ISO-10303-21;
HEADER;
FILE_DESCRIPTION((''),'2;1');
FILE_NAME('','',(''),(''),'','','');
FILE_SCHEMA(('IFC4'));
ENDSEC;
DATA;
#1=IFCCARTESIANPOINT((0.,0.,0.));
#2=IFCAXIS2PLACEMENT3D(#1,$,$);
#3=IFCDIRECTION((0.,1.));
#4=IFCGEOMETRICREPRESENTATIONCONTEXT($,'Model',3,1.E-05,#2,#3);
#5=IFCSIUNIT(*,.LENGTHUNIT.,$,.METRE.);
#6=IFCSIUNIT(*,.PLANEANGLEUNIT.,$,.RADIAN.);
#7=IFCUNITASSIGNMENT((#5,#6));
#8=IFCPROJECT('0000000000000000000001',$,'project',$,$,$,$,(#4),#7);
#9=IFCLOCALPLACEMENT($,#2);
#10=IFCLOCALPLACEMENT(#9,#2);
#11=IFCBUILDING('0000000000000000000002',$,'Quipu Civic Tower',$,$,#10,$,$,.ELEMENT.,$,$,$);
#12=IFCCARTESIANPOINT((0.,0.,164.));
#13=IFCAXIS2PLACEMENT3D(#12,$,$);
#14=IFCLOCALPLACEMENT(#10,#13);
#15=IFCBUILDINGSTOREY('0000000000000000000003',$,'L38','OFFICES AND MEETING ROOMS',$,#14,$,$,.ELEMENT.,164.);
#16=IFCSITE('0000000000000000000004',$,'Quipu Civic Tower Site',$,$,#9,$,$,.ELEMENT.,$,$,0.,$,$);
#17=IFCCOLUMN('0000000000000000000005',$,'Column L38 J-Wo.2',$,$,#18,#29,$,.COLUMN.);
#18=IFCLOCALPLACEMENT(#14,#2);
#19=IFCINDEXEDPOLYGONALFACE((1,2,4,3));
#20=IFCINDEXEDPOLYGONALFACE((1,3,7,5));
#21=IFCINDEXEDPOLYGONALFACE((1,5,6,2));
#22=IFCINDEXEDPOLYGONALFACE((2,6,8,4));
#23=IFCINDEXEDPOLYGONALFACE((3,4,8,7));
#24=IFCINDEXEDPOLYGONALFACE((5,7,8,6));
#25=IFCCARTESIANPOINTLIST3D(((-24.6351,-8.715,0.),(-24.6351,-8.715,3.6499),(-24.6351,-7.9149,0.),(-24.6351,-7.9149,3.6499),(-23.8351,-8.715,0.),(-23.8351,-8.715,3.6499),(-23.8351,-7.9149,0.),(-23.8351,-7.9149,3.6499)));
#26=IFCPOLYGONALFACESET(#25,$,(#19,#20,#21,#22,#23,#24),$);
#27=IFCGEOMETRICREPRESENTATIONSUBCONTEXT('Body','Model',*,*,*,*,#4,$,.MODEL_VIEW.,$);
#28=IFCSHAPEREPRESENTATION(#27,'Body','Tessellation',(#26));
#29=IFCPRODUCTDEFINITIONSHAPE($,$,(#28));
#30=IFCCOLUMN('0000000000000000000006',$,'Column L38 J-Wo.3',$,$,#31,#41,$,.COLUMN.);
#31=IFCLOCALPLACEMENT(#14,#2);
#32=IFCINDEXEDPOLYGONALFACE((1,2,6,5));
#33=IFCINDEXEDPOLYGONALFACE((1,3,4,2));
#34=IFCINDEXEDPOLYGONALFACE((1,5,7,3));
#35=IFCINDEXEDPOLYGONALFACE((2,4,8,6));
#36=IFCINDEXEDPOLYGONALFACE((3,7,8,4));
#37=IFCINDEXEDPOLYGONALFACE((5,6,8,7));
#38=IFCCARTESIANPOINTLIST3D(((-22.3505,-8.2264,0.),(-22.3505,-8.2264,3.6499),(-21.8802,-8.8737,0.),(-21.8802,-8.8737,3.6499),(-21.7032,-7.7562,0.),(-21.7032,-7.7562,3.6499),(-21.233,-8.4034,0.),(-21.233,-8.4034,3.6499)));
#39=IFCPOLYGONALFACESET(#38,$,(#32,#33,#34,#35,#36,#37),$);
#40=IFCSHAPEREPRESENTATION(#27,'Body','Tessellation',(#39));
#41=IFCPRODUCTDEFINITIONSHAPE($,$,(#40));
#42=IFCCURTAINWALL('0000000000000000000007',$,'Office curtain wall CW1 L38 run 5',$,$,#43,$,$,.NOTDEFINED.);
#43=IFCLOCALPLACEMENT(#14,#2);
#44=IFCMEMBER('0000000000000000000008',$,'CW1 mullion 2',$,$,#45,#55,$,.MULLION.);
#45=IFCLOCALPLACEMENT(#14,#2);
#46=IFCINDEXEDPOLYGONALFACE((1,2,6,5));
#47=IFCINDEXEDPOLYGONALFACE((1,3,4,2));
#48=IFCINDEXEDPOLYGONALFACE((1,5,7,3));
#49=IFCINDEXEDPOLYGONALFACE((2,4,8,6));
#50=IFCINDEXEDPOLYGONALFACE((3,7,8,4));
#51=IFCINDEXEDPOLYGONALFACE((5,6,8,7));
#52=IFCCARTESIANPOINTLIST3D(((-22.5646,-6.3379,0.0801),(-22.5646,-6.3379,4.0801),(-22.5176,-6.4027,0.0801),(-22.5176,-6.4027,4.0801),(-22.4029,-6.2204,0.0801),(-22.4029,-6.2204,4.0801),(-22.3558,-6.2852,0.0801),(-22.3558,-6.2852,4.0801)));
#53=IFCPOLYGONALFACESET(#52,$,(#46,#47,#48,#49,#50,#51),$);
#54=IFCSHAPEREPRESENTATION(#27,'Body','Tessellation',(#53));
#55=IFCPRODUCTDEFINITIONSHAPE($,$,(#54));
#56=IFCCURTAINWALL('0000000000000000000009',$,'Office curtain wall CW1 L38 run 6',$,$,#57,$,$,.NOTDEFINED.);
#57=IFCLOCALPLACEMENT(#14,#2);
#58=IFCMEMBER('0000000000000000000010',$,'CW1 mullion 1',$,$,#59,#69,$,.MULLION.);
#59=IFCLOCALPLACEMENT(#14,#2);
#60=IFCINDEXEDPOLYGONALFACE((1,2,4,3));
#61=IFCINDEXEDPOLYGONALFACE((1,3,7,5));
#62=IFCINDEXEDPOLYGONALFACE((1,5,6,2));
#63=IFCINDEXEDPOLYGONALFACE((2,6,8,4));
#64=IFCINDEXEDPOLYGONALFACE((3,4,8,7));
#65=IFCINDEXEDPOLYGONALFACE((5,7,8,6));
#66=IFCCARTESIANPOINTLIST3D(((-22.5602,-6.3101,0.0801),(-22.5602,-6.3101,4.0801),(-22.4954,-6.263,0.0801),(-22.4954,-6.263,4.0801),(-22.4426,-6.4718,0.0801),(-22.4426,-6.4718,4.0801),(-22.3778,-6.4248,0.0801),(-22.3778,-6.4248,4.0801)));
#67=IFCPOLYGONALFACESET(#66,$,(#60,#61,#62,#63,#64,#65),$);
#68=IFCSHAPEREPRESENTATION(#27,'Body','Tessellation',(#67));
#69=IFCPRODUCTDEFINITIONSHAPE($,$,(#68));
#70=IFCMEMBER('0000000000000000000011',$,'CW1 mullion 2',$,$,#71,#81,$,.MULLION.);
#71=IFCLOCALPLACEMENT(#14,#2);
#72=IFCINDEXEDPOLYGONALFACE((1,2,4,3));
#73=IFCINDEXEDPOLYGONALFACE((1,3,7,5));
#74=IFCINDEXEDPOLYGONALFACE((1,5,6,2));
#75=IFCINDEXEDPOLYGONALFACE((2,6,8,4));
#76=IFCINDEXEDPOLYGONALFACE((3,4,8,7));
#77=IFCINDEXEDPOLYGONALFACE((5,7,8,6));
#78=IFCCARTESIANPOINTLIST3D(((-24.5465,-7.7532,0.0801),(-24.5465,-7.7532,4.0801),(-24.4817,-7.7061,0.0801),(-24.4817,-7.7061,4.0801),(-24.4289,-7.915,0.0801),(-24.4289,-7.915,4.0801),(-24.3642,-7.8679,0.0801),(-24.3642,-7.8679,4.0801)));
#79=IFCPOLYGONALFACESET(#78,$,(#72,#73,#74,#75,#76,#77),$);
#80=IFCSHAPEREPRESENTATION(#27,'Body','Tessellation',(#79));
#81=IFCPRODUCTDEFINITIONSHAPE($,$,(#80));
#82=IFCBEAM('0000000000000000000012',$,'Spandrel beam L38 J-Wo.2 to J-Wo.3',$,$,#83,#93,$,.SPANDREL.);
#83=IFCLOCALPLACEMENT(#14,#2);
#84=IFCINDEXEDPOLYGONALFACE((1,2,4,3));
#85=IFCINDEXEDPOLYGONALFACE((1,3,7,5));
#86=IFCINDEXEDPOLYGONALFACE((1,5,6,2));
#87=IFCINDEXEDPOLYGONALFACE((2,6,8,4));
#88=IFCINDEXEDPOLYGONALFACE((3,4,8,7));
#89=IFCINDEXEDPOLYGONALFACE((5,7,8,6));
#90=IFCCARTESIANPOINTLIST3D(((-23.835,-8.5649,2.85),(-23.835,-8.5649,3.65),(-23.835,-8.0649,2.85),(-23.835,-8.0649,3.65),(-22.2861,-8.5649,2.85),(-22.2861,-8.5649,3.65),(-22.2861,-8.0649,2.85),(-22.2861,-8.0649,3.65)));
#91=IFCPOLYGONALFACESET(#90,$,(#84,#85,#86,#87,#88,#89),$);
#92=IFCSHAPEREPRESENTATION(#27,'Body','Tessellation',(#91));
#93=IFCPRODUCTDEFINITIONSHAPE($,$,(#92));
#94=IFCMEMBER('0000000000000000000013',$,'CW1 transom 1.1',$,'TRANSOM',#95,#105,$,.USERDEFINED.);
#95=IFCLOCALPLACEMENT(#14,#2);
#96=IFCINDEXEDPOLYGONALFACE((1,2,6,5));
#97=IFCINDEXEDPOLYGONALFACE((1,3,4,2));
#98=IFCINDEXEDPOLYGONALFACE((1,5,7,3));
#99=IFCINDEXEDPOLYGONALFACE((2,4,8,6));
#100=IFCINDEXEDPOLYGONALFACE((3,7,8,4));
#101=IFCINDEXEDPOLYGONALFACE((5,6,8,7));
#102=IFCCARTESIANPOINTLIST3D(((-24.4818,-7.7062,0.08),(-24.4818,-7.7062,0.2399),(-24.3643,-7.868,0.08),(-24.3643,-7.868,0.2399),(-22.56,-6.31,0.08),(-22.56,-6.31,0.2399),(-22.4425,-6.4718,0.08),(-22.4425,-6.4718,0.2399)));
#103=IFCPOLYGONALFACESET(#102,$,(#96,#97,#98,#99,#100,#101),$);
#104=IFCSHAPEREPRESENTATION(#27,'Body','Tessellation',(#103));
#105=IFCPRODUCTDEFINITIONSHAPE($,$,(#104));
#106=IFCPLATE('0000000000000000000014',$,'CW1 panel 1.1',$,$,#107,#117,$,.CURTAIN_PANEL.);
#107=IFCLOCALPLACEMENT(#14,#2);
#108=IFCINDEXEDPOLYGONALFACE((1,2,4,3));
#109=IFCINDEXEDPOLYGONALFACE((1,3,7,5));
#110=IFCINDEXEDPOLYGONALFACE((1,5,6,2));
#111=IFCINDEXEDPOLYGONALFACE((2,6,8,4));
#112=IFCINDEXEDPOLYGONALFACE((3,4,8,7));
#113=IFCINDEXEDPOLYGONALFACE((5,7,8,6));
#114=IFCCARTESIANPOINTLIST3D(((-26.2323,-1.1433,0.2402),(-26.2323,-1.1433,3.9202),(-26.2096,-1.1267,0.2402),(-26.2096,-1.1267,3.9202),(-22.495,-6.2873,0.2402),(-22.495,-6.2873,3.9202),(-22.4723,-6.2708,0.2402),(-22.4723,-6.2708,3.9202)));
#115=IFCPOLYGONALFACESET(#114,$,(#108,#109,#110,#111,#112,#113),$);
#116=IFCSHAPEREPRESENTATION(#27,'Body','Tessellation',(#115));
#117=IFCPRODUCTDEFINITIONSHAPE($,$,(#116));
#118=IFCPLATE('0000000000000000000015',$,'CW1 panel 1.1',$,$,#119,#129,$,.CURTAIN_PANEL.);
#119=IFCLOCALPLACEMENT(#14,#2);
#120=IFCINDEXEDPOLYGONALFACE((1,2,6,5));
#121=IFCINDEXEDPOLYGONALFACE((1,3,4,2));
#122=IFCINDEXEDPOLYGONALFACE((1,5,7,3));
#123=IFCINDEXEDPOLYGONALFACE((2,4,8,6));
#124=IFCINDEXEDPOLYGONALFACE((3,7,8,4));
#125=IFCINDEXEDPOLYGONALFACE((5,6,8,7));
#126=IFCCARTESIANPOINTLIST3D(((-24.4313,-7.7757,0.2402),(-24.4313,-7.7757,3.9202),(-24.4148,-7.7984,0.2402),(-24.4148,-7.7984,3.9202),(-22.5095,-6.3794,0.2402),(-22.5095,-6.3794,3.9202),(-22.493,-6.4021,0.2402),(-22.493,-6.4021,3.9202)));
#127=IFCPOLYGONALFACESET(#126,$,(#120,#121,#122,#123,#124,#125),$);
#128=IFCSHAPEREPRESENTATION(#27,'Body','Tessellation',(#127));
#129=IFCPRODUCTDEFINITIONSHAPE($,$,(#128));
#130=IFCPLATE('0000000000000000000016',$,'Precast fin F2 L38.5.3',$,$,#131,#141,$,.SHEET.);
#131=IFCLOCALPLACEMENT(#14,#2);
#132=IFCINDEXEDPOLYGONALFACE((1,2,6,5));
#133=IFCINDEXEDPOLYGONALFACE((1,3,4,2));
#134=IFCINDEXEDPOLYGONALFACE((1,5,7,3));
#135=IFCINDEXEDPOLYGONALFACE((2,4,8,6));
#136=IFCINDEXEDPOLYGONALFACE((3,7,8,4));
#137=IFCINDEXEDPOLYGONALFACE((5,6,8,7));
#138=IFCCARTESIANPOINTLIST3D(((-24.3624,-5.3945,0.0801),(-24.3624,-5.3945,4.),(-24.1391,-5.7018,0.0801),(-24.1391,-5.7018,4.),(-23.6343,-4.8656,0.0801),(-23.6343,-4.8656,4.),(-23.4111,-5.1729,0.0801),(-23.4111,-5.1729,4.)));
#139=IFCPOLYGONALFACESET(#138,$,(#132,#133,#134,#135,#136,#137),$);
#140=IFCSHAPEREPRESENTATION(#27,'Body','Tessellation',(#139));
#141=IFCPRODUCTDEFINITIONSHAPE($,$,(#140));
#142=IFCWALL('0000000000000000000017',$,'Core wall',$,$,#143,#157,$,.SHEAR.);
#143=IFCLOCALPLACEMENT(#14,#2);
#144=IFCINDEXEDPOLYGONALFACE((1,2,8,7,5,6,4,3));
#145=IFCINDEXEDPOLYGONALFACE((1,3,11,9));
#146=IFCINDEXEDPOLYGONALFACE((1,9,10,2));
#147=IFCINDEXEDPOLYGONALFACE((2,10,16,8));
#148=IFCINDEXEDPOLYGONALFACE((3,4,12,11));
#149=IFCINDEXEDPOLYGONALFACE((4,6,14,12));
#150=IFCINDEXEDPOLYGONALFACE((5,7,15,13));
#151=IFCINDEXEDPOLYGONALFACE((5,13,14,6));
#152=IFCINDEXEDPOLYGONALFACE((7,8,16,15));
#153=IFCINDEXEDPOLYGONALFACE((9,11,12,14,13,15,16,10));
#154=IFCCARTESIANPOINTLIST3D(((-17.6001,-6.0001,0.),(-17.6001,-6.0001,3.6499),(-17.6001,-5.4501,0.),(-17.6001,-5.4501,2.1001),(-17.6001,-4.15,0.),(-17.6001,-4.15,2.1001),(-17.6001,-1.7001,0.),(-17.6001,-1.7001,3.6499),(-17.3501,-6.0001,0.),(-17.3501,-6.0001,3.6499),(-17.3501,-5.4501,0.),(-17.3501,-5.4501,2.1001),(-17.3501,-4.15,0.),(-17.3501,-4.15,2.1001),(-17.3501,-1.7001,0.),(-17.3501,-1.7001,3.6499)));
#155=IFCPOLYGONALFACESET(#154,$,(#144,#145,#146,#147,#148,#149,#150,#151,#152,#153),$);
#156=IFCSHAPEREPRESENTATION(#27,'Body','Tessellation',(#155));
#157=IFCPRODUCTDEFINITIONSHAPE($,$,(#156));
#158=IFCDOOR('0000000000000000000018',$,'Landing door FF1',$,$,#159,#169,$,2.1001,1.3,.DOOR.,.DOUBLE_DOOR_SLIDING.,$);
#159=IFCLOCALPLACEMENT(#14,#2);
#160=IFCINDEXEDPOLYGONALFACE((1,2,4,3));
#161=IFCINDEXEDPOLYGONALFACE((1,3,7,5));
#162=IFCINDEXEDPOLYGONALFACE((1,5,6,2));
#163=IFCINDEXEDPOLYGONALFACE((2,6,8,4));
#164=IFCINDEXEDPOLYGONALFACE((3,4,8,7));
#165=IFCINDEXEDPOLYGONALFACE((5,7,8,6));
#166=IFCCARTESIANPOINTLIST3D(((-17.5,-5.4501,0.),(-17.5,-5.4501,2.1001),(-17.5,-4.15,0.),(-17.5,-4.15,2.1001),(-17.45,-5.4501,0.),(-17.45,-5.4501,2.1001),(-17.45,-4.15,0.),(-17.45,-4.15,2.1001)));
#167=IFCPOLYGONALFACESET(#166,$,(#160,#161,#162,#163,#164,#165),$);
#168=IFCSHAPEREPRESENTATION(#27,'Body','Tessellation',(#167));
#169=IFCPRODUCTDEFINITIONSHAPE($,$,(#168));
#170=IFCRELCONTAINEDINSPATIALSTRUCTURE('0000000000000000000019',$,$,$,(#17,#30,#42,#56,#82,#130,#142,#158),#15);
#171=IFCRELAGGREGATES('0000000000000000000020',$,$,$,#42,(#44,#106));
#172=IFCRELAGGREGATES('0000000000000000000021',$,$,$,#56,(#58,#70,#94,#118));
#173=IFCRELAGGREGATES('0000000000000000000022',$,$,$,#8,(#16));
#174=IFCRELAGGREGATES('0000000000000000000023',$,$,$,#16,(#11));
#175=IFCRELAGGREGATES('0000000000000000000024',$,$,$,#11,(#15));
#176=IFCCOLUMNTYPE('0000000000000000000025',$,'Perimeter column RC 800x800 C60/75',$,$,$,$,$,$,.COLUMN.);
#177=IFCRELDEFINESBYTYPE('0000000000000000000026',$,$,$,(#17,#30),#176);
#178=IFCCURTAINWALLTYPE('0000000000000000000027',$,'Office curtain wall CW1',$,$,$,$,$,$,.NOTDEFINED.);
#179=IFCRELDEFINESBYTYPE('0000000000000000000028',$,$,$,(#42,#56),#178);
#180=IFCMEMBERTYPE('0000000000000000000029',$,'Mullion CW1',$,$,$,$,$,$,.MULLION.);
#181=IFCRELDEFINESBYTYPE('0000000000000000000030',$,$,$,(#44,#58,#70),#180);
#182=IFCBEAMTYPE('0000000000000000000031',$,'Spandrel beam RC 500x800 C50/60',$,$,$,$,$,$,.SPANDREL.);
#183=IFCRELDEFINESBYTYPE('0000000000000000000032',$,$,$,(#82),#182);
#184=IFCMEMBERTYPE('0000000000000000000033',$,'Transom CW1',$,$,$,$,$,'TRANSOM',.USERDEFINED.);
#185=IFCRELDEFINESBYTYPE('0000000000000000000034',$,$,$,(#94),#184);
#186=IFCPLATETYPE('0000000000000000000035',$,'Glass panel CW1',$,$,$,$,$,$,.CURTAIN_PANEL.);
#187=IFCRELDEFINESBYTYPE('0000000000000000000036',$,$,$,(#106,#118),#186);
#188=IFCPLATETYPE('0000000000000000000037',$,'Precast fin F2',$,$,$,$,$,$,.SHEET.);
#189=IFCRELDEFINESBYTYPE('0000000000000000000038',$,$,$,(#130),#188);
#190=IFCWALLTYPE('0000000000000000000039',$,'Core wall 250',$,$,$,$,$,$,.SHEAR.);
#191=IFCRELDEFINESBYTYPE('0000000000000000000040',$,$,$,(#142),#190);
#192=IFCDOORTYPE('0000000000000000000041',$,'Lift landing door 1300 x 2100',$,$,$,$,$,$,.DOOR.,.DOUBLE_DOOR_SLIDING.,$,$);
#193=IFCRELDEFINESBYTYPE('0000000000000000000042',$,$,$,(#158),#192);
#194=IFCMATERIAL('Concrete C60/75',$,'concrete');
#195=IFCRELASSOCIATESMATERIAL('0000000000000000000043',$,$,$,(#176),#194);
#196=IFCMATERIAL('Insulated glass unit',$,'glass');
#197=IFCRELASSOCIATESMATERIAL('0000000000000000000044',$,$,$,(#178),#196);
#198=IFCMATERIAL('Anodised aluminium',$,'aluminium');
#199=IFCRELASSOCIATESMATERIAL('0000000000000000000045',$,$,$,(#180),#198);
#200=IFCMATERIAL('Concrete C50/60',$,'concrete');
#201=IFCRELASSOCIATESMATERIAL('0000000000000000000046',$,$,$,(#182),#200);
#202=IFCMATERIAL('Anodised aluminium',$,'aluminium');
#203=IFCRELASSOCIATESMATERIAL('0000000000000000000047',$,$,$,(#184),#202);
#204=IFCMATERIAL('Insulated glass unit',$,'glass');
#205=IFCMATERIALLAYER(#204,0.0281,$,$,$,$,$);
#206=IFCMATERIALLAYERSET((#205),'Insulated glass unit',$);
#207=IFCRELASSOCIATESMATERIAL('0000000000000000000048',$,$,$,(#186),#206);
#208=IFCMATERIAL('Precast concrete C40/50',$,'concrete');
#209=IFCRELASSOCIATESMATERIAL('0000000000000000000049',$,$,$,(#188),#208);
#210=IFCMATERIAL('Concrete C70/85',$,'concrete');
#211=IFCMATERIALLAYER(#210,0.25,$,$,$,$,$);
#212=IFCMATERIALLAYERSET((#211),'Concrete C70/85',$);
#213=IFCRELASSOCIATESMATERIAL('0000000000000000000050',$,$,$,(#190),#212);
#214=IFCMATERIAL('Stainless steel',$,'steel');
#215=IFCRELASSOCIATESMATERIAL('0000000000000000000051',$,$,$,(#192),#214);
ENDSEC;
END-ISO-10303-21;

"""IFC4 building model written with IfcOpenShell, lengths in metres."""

from ifc_helpers import new_model, si_unit, direction, frame, frame_2d, origin, origin_2d, place, context, subcontext, project, spatial, rectangle, extrude, material, layer, layer_set, material_profile, profile_set, type_object, element, fill, aggregate, save


model = new_model("IFC4")

# Units and contexts
model_context = context("Model", 3, precision=1e-05, world=origin(), true_north=direction((0.0, 1.0)))
body_context = subcontext(model_context, "Body", "Model", "MODEL_VIEW")
ifc_project = project(units=[si_unit("LENGTHUNIT", "METRE"), si_unit("PLANEANGLEUNIT", "RADIAN")], contexts=[model_context])

# Site, building, storey
site_placement = place(None, origin())
site = spatial("IfcSite", under=ifc_project, at=site_placement, Name="Quipu Civic Tower Site", CompositionType="ELEMENT", RefElevation=0.0)
building_placement = place(site_placement, origin())
building = spatial("IfcBuilding", under=site, at=building_placement, Name="Quipu Civic Tower", CompositionType="ELEMENT")
storey_placement = place(building_placement, frame((0.0, 0.0, 164.0)))
storey = spatial("IfcBuildingStorey", under=building, at=storey_placement, Name="L38", Description="OFFICES AND MEETING ROOMS", CompositionType="ELEMENT", Elevation=164.0)

# Columns
ifc_material_1 = material(Name="Concrete C60/75", Category="concrete")
ifc_material_profile_1 = material_profile(ifc_material_1, rectangle(XDim=0.8, YDim=0.8, at=origin_2d()), Name="RC800x800")
ifc_profile_set_1 = profile_set([ifc_material_profile_1], Name="Concrete C60/75")
column_type = type_object("IfcColumnType", Name="Perimeter column RC 800x800 C60/75", PredefinedType="COLUMN", material=ifc_profile_set_1)
for number, where, z_axis, x_axis, name in (
    (1, (-24.2351, -8.3149, 0.0), (0.0, 0.0, 1.0), (1.0, 0.0, 0.0), "Column L38 J-Wo.2"),
    (2, (-21.7917, -8.3149, 0.0), (0.0, 0.0, 1.0), (0.587785, -0.809017, 0.0), "Column L38 J-Wo.3"),
):
    element("IfcColumn", number, at=place(storey_placement, frame(where, z_axis=z_axis, x_axis=x_axis)), inside=storey, type_object=column_type, Name=name, PredefinedType="COLUMN", context=body_context, shape_type="SweptSolid", body=[
        extrude(rectangle(XDim=0.8, YDim=0.8, at=origin_2d()), origin(), (0.0, 0.0, 1.0), 3.6499),
    ])

# Curtain wall, member
ifc_material_2 = material(Name="Insulated glass unit", Category="glass")
curtain_wall_type = type_object("IfcCurtainWallType", Name="Office curtain wall CW1", PredefinedType="NOTDEFINED", material=ifc_material_2)
curtain_wall_1_placement = place(storey_placement, origin())
curtain_wall_1 = element("IfcCurtainWall", 3, at=curtain_wall_1_placement, inside=storey, type_object=curtain_wall_type, Name="Office curtain wall CW1 L38 run 5", PredefinedType="NOTDEFINED")
ifc_material_3 = material(Name="Anodised aluminium", Category="aluminium")
ifc_material_profile_2 = material_profile(ifc_material_3, rectangle(XDim=0.2, YDim=0.0801, at=origin_2d()), Name="RECT 200x80")
ifc_profile_set_2 = profile_set([ifc_material_profile_2], Name="Anodised aluminium")
member_type_1 = type_object("IfcMemberType", Name="Mullion CW1", PredefinedType="MULLION", material=ifc_profile_set_2)
member_1_placement = place(storey_placement, frame((-22.4602, -6.3115, 0.0801), z_axis=(0.0, 0.0, 1.0), x_axis=(0.809019, 0.587783, 0.0)))
member_1 = element("IfcMember", 4, at=member_1_placement, type_object=member_type_1, Name="CW1 mullion 2", PredefinedType="MULLION", context=body_context, shape_type="SweptSolid", body=[
    extrude(rectangle(XDim=0.2, YDim=0.0801, at=origin_2d()), origin(), (0.0, 0.0, 1.0), 4.0),
])

# Curtain wall, members
curtain_wall_2_placement = place(storey_placement, origin())
curtain_wall_2 = element("IfcCurtainWall", 5, at=curtain_wall_2_placement, inside=storey, type_object=curtain_wall_type, Name="Office curtain wall CW1 L38 run 6", PredefinedType="NOTDEFINED")
member_2_placement = place(storey_placement, frame((-22.469, -6.3674, 0.0801), z_axis=(0.0, 0.0, 1.0), x_axis=(0.587789, -0.809014, 0.0)))
member_2 = element("IfcMember", 6, at=member_2_placement, type_object=member_type_1, Name="CW1 mullion 1", PredefinedType="MULLION", context=body_context, shape_type="SweptSolid", body=[
    extrude(rectangle(XDim=0.2, YDim=0.0801, at=origin_2d()), origin(), (0.0, 0.0, 1.0), 4.0),
])
member_3_placement = place(storey_placement, frame((-24.4553, -7.8105, 0.0801), z_axis=(0.0, 0.0, 1.0), x_axis=(0.587789, -0.809014, 0.0)))
member_3 = element("IfcMember", 7, at=member_3_placement, type_object=member_type_1, Name="CW1 mullion 2", PredefinedType="MULLION", context=body_context, shape_type="SweptSolid", body=[
    extrude(rectangle(XDim=0.2, YDim=0.0801, at=origin_2d()), origin(), (0.0, 0.0, 1.0), 4.0),
])

# Beam
ifc_material_4 = material(Name="Concrete C50/60", Category="concrete")
ifc_material_profile_3 = material_profile(ifc_material_4, rectangle(XDim=0.5, YDim=0.8, at=origin_2d()), Name="RC500x800")
ifc_profile_set_3 = profile_set([ifc_material_profile_3], Name="Concrete C50/60")
beam_type = type_object("IfcBeamType", Name="Spandrel beam RC 500x800 C50/60", PredefinedType="SPANDREL", material=ifc_profile_set_3)
beam_placement = place(storey_placement, frame((-23.835, -8.3149, 3.25), z_axis=(1.0, 0.0, 0.0), x_axis=(0.0, 1.0, 0.0)))
element("IfcBeam", 8, at=beam_placement, inside=storey, type_object=beam_type, Name="Spandrel beam L38 J-Wo.2 to J-Wo.3", PredefinedType="SPANDREL", context=body_context, shape_type="SweptSolid", body=[
    extrude(rectangle(XDim=0.5, YDim=0.8, at=origin_2d()), origin(), (0.0, 0.0, 1.0), 1.5488),
])

# Member
ifc_material_5 = material(Name="Anodised aluminium", Category="aluminium")
ifc_material_profile_4 = material_profile(ifc_material_5, rectangle(XDim=0.2, YDim=0.1599, at=origin_2d()), Name="RECT 200x160")
ifc_profile_set_4 = profile_set([ifc_material_profile_4], Name="Anodised aluminium")
member_type_2 = type_object("IfcMemberType", Name="Transom CW1", ElementType="TRANSOM", PredefinedType="USERDEFINED", material=ifc_profile_set_4)
member_4_placement = place(storey_placement, frame((-22.5012, -6.3909, 0.1599), z_axis=(-0.809034, -0.587762, 0.0), x_axis=(0.587762, -0.809034, 0.0)))
member_4 = element("IfcMember", 9, at=member_4_placement, type_object=member_type_2, Name="CW1 transom 1.1", ObjectType="TRANSOM", PredefinedType="USERDEFINED", context=body_context, shape_type="SweptSolid", body=[
    extrude(rectangle(XDim=0.2, YDim=0.1599, at=origin_2d()), origin(), (0.0, 0.0, 1.0), 2.3755),
])

# Plates
ifc_material_6 = material(Name="Insulated glass unit", Category="glass")
ifc_layer_1 = layer(ifc_material_6, 0.0281)
ifc_layer_set_1 = layer_set([ifc_layer_1], Name="Insulated glass unit")
plate_type_1 = type_object("IfcPlateType", Name="Glass panel CW1", PredefinedType="CURTAIN_PANEL", material=ifc_layer_set_1)
plate_1_placement = place(storey_placement, frame((-24.3523, -3.707, 0.2402), z_axis=(0.0, 0.0, 1.0), x_axis=(0.587783, -0.809019, 0.0)))
plate_1 = element("IfcPlate", 10, at=plate_1_placement, type_object=plate_type_1, Name="CW1 panel 1.1", PredefinedType="CURTAIN_PANEL", context=body_context, shape_type="SweptSolid", body=[
    extrude(rectangle(XDim=6.3584, YDim=0.0281, at=origin_2d()), origin(), (0.0, 0.0, 1.0), 3.6799),
])
aggregate(curtain_wall_1, [member_1, plate_1])
plate_2_placement = place(storey_placement, frame((-23.4622, -7.0889, 0.2402), z_axis=(0.0, 0.0, 1.0), x_axis=(-0.809014, -0.587789, 0.0)))
plate_2 = element("IfcPlate", 11, at=plate_2_placement, type_object=plate_type_1, Name="CW1 panel 1.1", PredefinedType="CURTAIN_PANEL", context=body_context, shape_type="SweptSolid", body=[
    extrude(rectangle(XDim=2.3755, YDim=0.0281, at=origin_2d()), origin(), (0.0, 0.0, 1.0), 3.6799),
])
aggregate(curtain_wall_2, [member_2, member_3, member_4, plate_2])
ifc_material_7 = material(Name="Precast concrete C40/50", Category="concrete")
plate_type_2 = type_object("IfcPlateType", Name="Precast fin F2", PredefinedType="SHEET", material=ifc_material_7)
plate_3_placement = place(storey_placement, frame((-23.8867, -5.2837, 0.0801), z_axis=(0.0, 0.0, 1.0), x_axis=(0.587784, -0.809018, 0.0)))
element("IfcPlate", 12, at=plate_3_placement, inside=storey, type_object=plate_type_2, Name="Precast fin F2 L38.5.3", PredefinedType="SHEET", context=body_context, shape_type="SweptSolid", body=[
    extrude(rectangle(XDim=0.3799, YDim=0.8999, at=origin_2d()), origin(), (0.0, 0.0, 1.0), 3.9199),
])

# Wall, opening, door
ifc_material_8 = material(Name="Concrete C70/85", Category="concrete")
ifc_layer_2 = layer(ifc_material_8, 0.25)
ifc_layer_set_2 = layer_set([ifc_layer_2], Name="Concrete C70/85")
wall_type_1 = type_object("IfcWallType", Name="Core wall 250", PredefinedType="SHEAR", material=ifc_layer_set_2)
wall_1_placement = place(storey_placement, frame((-17.4751, -6.0, 0.0), z_axis=(0.0, 0.0, 1.0), x_axis=(0.0, 1.0, 0.0)))
wall_1 = element("IfcWall", 13, at=wall_1_placement, inside=storey, type_object=wall_type_1, Name="Core wall", PredefinedType="SHEAR", context=body_context, shape_type="SweptSolid", body=[
    extrude(rectangle(XDim=4.3, YDim=0.25, at=frame_2d((2.1499, 0.0))), origin(), (0.0, 0.0, 1.0), 3.6499),
])
opening_1_placement = place(wall_1_placement, frame((0.55, 0.0, 0.0)))
opening_1 = element("IfcOpeningElement", 14, at=opening_1_placement, cuts=wall_1, PredefinedType="OPENING", context=body_context, shape_type="SweptSolid", body=[
    extrude(rectangle(XDim=1.3, YDim=2.1001, at=frame_2d((0.6499, 1.05))), frame((0.0, 0.135, 0.0), z_axis=(0.0, -1.0, 0.0), x_axis=(1.0, 0.0, 0.0)), (0.0, 0.0, 1.0), 0.27),
])
ifc_material_9 = material(Name="Stainless steel", Category="steel")
door_type_1 = type_object("IfcDoorType", Name="Lift landing door 1300 x 2100", OperationType="DOUBLE_DOOR_SLIDING", PredefinedType="DOOR", material=ifc_material_9)
door_1_placement = place(opening_1_placement, origin())
door_1 = element("IfcDoor", 15, at=door_1_placement, inside=storey, type_object=door_type_1, Name="Landing door FF1", OperationType="DOUBLE_DOOR_SLIDING", OverallHeight=2.1001, OverallWidth=1.3, PredefinedType="DOOR", context=body_context, shape_type="SweptSolid", body=[
    extrude(rectangle(XDim=1.3, YDim=2.1001, at=frame_2d((0.6499, 1.05))), frame((0.0, 0.0249, 0.0), z_axis=(0.0, -1.0, 0.0), x_axis=(1.0, 0.0, 0.0)), (0.0, 0.0, 1.0), 0.05),
])
fill(opening_1, door_1)

save(model, "model.ifc")
